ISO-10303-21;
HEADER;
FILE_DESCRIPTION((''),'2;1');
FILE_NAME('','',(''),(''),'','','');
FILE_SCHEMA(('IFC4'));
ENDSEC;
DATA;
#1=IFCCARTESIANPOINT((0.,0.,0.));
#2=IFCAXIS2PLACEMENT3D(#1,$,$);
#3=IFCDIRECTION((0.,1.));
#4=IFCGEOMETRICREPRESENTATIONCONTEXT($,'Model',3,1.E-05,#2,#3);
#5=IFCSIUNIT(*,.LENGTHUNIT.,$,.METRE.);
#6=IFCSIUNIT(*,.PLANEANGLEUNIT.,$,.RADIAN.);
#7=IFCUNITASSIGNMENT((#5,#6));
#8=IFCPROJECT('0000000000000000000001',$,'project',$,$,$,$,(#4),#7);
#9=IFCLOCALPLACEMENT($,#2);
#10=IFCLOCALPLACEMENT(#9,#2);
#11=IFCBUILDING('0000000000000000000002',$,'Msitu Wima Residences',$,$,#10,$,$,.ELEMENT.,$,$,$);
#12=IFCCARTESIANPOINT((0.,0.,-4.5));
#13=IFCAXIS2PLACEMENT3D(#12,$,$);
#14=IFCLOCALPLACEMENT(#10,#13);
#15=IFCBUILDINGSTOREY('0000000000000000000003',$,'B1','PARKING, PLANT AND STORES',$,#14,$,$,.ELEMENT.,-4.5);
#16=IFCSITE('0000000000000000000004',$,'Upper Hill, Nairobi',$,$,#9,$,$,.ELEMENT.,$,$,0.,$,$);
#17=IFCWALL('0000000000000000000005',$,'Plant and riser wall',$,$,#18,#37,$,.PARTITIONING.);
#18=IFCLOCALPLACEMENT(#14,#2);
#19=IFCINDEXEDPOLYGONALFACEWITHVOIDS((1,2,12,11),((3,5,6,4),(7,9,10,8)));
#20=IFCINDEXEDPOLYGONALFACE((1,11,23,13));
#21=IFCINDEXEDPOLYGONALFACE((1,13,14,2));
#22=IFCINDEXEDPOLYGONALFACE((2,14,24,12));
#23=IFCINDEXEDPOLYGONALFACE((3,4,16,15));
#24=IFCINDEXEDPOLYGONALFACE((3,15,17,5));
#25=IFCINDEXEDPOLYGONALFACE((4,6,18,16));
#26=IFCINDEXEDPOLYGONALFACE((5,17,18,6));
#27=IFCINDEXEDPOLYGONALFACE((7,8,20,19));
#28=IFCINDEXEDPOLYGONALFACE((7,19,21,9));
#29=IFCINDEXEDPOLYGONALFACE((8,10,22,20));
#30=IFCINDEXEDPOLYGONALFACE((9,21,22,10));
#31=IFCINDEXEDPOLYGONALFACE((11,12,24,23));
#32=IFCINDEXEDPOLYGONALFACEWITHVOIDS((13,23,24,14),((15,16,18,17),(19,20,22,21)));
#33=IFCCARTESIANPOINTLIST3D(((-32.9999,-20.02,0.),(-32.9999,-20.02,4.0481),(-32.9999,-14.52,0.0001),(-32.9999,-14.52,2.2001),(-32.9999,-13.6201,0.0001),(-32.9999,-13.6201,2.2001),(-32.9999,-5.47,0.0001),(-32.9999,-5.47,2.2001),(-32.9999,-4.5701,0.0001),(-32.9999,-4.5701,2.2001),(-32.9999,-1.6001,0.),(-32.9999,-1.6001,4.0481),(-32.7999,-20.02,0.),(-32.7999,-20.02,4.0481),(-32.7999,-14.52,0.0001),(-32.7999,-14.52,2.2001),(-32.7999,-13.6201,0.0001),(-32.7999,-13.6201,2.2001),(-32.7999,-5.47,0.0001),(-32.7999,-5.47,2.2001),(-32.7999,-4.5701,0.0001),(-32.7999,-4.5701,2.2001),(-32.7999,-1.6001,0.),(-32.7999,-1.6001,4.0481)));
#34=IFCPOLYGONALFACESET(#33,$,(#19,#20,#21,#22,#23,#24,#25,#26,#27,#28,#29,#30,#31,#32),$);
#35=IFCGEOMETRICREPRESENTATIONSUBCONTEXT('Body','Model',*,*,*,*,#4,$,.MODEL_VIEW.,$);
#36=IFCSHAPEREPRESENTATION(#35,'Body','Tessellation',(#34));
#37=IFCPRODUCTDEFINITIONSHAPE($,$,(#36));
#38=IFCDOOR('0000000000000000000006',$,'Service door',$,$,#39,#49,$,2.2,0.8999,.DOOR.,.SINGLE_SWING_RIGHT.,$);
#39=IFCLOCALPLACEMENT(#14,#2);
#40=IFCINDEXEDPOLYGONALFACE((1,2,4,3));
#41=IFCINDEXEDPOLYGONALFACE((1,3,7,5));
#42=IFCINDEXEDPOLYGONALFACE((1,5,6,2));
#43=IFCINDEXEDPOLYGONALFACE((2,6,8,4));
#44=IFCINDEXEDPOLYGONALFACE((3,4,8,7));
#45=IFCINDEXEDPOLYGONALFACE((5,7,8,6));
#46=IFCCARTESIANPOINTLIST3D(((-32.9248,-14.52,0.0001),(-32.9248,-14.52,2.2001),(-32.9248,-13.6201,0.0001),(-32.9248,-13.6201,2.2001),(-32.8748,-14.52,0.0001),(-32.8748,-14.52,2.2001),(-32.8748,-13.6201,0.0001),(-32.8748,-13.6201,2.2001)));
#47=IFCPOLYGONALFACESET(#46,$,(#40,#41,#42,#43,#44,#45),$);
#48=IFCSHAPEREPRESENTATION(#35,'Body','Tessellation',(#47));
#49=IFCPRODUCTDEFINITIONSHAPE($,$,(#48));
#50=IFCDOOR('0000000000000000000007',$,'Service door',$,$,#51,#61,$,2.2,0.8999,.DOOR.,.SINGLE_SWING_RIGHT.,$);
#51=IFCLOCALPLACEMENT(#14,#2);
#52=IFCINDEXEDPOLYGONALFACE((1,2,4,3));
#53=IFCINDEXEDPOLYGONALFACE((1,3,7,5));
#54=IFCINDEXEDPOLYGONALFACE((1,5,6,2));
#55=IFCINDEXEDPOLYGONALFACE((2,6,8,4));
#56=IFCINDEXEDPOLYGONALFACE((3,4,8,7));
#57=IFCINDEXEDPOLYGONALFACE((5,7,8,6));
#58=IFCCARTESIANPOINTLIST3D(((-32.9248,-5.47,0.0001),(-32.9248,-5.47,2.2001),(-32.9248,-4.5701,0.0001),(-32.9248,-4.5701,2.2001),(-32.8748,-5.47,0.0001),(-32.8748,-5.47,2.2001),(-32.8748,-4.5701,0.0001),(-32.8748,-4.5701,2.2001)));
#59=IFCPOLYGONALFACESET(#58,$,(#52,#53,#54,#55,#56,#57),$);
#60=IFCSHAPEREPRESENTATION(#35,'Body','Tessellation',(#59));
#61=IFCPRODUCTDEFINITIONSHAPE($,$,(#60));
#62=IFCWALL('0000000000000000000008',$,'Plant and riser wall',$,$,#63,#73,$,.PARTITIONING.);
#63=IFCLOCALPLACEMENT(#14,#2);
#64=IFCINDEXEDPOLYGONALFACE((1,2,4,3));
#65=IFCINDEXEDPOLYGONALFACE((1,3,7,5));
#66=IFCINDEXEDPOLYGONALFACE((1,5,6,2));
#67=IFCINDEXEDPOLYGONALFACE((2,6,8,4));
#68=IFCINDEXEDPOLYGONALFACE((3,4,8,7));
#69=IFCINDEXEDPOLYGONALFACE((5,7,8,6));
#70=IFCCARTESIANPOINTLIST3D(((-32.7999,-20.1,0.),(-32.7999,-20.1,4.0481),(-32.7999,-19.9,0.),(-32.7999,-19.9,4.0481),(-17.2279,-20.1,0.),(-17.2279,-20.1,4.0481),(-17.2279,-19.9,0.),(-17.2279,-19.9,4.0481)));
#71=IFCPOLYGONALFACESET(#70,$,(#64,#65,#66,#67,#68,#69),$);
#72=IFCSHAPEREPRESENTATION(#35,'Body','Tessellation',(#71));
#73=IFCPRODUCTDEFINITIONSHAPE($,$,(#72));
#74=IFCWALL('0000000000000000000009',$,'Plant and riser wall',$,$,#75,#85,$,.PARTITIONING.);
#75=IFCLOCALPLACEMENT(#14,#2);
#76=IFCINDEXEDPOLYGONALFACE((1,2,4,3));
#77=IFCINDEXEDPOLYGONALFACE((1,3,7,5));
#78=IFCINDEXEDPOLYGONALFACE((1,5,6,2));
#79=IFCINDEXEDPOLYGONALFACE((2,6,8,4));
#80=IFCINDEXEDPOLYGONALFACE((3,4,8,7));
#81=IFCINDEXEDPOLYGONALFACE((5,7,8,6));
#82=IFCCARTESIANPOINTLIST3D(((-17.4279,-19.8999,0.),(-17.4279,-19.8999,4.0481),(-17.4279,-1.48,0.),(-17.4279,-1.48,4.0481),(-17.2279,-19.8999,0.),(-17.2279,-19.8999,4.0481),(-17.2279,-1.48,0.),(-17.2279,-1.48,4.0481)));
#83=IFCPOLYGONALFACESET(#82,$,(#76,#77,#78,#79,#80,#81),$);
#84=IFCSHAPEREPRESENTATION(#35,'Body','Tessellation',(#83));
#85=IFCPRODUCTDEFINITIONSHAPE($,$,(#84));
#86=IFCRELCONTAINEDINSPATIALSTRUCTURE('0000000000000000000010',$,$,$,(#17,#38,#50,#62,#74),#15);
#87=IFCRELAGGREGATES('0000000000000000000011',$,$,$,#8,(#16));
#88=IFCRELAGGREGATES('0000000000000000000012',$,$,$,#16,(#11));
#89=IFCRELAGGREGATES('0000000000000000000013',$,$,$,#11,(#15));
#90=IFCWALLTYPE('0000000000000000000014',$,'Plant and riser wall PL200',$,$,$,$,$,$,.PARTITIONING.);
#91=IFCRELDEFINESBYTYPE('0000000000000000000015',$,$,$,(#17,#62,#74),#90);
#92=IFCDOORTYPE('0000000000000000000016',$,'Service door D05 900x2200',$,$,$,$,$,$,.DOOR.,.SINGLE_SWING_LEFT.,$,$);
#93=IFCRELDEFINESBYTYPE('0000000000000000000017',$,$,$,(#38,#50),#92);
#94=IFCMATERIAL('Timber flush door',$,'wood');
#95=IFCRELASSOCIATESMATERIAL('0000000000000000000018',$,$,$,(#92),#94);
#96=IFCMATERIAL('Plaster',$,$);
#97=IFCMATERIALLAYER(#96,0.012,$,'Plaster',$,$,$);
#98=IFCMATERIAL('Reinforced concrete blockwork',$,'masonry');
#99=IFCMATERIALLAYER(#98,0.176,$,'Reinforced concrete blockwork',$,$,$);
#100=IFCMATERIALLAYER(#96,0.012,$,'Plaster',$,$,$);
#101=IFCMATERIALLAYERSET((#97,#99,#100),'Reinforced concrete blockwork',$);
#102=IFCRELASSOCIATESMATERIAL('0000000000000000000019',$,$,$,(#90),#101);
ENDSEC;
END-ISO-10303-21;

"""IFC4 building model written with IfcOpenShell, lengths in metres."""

from ifc_helpers import new_model, si_unit, direction, frame, frame_2d, origin, place, context, subcontext, project, spatial, rectangle, extrude, material, layer, layer_set, type_object, element, fill, save


model = new_model("IFC4")

# Units and contexts
model_context = context("Model", 3, precision=1e-05, world=origin(), true_north=direction((0.0, 1.0)))
body_context = subcontext(model_context, "Body", "Model", "MODEL_VIEW")
ifc_project = project(units=[si_unit("LENGTHUNIT", "METRE"), si_unit("PLANEANGLEUNIT", "RADIAN")], contexts=[model_context])

# Site, building, storey
site_placement = place(None, origin())
site = spatial("IfcSite", under=ifc_project, at=site_placement, Name="Upper Hill, Nairobi", CompositionType="ELEMENT", RefElevation=0.0)
building_placement = place(site_placement, origin())
building = spatial("IfcBuilding", under=site, at=building_placement, Name="Msitu Wima Residences", CompositionType="ELEMENT")
storey_placement = place(building_placement, frame((0.0, 0.0, -4.5)))
storey = spatial("IfcBuildingStorey", under=building, at=storey_placement, Name="B1", Description="PARKING, PLANT AND STORES", CompositionType="ELEMENT", Elevation=-4.5)

# Shared definitions
ifc_material_1 = material(Name="Plaster")
ifc_material_2 = material(Name="Timber flush door", Category="wood")
door_type = type_object("IfcDoorType", Name="Service door D05 900x2200", OperationType="SINGLE_SWING_LEFT", PredefinedType="DOOR", material=ifc_material_2)

# Wall, openings, doors
ifc_layer_1 = layer(ifc_material_1, 0.012, Name="Plaster")
ifc_material_3 = material(Name="Reinforced concrete blockwork", Category="masonry")
ifc_layer_2 = layer(ifc_material_3, 0.176, Name="Reinforced concrete blockwork")
ifc_layer_3 = layer(ifc_material_1, 0.012, Name="Plaster")
ifc_layer_set_1 = layer_set([ifc_layer_1, ifc_layer_2, ifc_layer_3], Name="Reinforced concrete blockwork")
wall_type_1 = type_object("IfcWallType", Name="Plant and riser wall PL200", PredefinedType="PARTITIONING", material=ifc_layer_set_1)
wall_1_placement = place(storey_placement, frame((-32.8999, -20.02, 0.0), z_axis=(0.0, 0.0, 1.0), x_axis=(0.0, 1.0, 0.0)))
wall_1 = element("IfcWall", 1, at=wall_1_placement, inside=storey, type_object=wall_type_1, Name="Plant and riser wall", PredefinedType="PARTITIONING", context=body_context, shape_type="SweptSolid", body=[
    extrude(rectangle(XDim=18.4199, YDim=0.2, at=frame_2d((9.21, 0.0))), origin(), (0.0, 0.0, 1.0), 4.0481),
])
opening_1_placement = place(wall_1_placement, frame((5.5, 0.0, 0.0)))
opening_1 = element("IfcOpeningElement", 2, at=opening_1_placement, cuts=wall_1, PredefinedType="OPENING", context=body_context, shape_type="SweptSolid", body=[
    extrude(rectangle(XDim=0.8999, YDim=2.2, at=frame_2d((0.45, 1.1001))), frame((0.0, 0.1099, 0.0), z_axis=(0.0, -1.0, 0.0), x_axis=(1.0, 0.0, 0.0)), (0.0, 0.0, 1.0), 0.22),
])
opening_2_placement = place(wall_1_placement, frame((14.55, 0.0, 0.0)))
opening_2 = element("IfcOpeningElement", 3, at=opening_2_placement, cuts=wall_1, PredefinedType="OPENING", context=body_context, shape_type="SweptSolid", body=[
    extrude(rectangle(XDim=0.8999, YDim=2.2, at=frame_2d((0.45, 1.1001))), frame((0.0, 0.1099, 0.0), z_axis=(0.0, -1.0, 0.0), x_axis=(1.0, 0.0, 0.0)), (0.0, 0.0, 1.0), 0.22),
])
door_1_placement = place(opening_1_placement, origin())
door_1 = element("IfcDoor", 4, at=door_1_placement, inside=storey, type_object=door_type, Name="Service door", OperationType="SINGLE_SWING_RIGHT", OverallHeight=2.2, OverallWidth=0.8999, PredefinedType="DOOR", context=body_context, shape_type="SweptSolid", body=[
    extrude(rectangle(XDim=0.8999, YDim=2.2, at=frame_2d((0.45, 1.1001))), frame((0.0, 0.0249, 0.0), z_axis=(0.0, -1.0, 0.0), x_axis=(1.0, 0.0, 0.0)), (0.0, 0.0, 1.0), 0.05),
])
fill(opening_1, door_1)
door_2_placement = place(opening_2_placement, origin())
door_2 = element("IfcDoor", 5, at=door_2_placement, inside=storey, type_object=door_type, Name="Service door", OperationType="SINGLE_SWING_RIGHT", OverallHeight=2.2, OverallWidth=0.8999, PredefinedType="DOOR", context=body_context, shape_type="SweptSolid", body=[
    extrude(rectangle(XDim=0.8999, YDim=2.2, at=frame_2d((0.45, 1.1001))), frame((0.0, 0.0249, 0.0), z_axis=(0.0, -1.0, 0.0), x_axis=(1.0, 0.0, 0.0)), (0.0, 0.0, 1.0), 0.05),
])
fill(opening_2, door_2)

# Walls
wall_2_placement = place(storey_placement, frame((-32.8, -20.0, 0.0), z_axis=(0.0, 0.0, 1.0), x_axis=(1.0, 0.0, 0.0)))
element("IfcWall", 6, at=wall_2_placement, inside=storey, type_object=wall_type_1, Name="Plant and riser wall", PredefinedType="PARTITIONING", context=body_context, shape_type="SweptSolid", body=[
    extrude(rectangle(XDim=15.572, YDim=0.2, at=frame_2d((7.7861, 0.0))), origin(), (0.0, 0.0, 1.0), 4.0481),
])
wall_3_placement = place(storey_placement, frame((-17.3279, -19.8999, 0.0), z_axis=(0.0, 0.0, 1.0), x_axis=(0.0, 1.0, 0.0)))
element("IfcWall", 7, at=wall_3_placement, inside=storey, type_object=wall_type_1, Name="Plant and riser wall", PredefinedType="PARTITIONING", context=body_context, shape_type="SweptSolid", body=[
    extrude(rectangle(XDim=18.4199, YDim=0.2, at=frame_2d((9.21, 0.0))), origin(), (0.0, 0.0, 1.0), 4.0481),
])

save(model, "model.ifc")
